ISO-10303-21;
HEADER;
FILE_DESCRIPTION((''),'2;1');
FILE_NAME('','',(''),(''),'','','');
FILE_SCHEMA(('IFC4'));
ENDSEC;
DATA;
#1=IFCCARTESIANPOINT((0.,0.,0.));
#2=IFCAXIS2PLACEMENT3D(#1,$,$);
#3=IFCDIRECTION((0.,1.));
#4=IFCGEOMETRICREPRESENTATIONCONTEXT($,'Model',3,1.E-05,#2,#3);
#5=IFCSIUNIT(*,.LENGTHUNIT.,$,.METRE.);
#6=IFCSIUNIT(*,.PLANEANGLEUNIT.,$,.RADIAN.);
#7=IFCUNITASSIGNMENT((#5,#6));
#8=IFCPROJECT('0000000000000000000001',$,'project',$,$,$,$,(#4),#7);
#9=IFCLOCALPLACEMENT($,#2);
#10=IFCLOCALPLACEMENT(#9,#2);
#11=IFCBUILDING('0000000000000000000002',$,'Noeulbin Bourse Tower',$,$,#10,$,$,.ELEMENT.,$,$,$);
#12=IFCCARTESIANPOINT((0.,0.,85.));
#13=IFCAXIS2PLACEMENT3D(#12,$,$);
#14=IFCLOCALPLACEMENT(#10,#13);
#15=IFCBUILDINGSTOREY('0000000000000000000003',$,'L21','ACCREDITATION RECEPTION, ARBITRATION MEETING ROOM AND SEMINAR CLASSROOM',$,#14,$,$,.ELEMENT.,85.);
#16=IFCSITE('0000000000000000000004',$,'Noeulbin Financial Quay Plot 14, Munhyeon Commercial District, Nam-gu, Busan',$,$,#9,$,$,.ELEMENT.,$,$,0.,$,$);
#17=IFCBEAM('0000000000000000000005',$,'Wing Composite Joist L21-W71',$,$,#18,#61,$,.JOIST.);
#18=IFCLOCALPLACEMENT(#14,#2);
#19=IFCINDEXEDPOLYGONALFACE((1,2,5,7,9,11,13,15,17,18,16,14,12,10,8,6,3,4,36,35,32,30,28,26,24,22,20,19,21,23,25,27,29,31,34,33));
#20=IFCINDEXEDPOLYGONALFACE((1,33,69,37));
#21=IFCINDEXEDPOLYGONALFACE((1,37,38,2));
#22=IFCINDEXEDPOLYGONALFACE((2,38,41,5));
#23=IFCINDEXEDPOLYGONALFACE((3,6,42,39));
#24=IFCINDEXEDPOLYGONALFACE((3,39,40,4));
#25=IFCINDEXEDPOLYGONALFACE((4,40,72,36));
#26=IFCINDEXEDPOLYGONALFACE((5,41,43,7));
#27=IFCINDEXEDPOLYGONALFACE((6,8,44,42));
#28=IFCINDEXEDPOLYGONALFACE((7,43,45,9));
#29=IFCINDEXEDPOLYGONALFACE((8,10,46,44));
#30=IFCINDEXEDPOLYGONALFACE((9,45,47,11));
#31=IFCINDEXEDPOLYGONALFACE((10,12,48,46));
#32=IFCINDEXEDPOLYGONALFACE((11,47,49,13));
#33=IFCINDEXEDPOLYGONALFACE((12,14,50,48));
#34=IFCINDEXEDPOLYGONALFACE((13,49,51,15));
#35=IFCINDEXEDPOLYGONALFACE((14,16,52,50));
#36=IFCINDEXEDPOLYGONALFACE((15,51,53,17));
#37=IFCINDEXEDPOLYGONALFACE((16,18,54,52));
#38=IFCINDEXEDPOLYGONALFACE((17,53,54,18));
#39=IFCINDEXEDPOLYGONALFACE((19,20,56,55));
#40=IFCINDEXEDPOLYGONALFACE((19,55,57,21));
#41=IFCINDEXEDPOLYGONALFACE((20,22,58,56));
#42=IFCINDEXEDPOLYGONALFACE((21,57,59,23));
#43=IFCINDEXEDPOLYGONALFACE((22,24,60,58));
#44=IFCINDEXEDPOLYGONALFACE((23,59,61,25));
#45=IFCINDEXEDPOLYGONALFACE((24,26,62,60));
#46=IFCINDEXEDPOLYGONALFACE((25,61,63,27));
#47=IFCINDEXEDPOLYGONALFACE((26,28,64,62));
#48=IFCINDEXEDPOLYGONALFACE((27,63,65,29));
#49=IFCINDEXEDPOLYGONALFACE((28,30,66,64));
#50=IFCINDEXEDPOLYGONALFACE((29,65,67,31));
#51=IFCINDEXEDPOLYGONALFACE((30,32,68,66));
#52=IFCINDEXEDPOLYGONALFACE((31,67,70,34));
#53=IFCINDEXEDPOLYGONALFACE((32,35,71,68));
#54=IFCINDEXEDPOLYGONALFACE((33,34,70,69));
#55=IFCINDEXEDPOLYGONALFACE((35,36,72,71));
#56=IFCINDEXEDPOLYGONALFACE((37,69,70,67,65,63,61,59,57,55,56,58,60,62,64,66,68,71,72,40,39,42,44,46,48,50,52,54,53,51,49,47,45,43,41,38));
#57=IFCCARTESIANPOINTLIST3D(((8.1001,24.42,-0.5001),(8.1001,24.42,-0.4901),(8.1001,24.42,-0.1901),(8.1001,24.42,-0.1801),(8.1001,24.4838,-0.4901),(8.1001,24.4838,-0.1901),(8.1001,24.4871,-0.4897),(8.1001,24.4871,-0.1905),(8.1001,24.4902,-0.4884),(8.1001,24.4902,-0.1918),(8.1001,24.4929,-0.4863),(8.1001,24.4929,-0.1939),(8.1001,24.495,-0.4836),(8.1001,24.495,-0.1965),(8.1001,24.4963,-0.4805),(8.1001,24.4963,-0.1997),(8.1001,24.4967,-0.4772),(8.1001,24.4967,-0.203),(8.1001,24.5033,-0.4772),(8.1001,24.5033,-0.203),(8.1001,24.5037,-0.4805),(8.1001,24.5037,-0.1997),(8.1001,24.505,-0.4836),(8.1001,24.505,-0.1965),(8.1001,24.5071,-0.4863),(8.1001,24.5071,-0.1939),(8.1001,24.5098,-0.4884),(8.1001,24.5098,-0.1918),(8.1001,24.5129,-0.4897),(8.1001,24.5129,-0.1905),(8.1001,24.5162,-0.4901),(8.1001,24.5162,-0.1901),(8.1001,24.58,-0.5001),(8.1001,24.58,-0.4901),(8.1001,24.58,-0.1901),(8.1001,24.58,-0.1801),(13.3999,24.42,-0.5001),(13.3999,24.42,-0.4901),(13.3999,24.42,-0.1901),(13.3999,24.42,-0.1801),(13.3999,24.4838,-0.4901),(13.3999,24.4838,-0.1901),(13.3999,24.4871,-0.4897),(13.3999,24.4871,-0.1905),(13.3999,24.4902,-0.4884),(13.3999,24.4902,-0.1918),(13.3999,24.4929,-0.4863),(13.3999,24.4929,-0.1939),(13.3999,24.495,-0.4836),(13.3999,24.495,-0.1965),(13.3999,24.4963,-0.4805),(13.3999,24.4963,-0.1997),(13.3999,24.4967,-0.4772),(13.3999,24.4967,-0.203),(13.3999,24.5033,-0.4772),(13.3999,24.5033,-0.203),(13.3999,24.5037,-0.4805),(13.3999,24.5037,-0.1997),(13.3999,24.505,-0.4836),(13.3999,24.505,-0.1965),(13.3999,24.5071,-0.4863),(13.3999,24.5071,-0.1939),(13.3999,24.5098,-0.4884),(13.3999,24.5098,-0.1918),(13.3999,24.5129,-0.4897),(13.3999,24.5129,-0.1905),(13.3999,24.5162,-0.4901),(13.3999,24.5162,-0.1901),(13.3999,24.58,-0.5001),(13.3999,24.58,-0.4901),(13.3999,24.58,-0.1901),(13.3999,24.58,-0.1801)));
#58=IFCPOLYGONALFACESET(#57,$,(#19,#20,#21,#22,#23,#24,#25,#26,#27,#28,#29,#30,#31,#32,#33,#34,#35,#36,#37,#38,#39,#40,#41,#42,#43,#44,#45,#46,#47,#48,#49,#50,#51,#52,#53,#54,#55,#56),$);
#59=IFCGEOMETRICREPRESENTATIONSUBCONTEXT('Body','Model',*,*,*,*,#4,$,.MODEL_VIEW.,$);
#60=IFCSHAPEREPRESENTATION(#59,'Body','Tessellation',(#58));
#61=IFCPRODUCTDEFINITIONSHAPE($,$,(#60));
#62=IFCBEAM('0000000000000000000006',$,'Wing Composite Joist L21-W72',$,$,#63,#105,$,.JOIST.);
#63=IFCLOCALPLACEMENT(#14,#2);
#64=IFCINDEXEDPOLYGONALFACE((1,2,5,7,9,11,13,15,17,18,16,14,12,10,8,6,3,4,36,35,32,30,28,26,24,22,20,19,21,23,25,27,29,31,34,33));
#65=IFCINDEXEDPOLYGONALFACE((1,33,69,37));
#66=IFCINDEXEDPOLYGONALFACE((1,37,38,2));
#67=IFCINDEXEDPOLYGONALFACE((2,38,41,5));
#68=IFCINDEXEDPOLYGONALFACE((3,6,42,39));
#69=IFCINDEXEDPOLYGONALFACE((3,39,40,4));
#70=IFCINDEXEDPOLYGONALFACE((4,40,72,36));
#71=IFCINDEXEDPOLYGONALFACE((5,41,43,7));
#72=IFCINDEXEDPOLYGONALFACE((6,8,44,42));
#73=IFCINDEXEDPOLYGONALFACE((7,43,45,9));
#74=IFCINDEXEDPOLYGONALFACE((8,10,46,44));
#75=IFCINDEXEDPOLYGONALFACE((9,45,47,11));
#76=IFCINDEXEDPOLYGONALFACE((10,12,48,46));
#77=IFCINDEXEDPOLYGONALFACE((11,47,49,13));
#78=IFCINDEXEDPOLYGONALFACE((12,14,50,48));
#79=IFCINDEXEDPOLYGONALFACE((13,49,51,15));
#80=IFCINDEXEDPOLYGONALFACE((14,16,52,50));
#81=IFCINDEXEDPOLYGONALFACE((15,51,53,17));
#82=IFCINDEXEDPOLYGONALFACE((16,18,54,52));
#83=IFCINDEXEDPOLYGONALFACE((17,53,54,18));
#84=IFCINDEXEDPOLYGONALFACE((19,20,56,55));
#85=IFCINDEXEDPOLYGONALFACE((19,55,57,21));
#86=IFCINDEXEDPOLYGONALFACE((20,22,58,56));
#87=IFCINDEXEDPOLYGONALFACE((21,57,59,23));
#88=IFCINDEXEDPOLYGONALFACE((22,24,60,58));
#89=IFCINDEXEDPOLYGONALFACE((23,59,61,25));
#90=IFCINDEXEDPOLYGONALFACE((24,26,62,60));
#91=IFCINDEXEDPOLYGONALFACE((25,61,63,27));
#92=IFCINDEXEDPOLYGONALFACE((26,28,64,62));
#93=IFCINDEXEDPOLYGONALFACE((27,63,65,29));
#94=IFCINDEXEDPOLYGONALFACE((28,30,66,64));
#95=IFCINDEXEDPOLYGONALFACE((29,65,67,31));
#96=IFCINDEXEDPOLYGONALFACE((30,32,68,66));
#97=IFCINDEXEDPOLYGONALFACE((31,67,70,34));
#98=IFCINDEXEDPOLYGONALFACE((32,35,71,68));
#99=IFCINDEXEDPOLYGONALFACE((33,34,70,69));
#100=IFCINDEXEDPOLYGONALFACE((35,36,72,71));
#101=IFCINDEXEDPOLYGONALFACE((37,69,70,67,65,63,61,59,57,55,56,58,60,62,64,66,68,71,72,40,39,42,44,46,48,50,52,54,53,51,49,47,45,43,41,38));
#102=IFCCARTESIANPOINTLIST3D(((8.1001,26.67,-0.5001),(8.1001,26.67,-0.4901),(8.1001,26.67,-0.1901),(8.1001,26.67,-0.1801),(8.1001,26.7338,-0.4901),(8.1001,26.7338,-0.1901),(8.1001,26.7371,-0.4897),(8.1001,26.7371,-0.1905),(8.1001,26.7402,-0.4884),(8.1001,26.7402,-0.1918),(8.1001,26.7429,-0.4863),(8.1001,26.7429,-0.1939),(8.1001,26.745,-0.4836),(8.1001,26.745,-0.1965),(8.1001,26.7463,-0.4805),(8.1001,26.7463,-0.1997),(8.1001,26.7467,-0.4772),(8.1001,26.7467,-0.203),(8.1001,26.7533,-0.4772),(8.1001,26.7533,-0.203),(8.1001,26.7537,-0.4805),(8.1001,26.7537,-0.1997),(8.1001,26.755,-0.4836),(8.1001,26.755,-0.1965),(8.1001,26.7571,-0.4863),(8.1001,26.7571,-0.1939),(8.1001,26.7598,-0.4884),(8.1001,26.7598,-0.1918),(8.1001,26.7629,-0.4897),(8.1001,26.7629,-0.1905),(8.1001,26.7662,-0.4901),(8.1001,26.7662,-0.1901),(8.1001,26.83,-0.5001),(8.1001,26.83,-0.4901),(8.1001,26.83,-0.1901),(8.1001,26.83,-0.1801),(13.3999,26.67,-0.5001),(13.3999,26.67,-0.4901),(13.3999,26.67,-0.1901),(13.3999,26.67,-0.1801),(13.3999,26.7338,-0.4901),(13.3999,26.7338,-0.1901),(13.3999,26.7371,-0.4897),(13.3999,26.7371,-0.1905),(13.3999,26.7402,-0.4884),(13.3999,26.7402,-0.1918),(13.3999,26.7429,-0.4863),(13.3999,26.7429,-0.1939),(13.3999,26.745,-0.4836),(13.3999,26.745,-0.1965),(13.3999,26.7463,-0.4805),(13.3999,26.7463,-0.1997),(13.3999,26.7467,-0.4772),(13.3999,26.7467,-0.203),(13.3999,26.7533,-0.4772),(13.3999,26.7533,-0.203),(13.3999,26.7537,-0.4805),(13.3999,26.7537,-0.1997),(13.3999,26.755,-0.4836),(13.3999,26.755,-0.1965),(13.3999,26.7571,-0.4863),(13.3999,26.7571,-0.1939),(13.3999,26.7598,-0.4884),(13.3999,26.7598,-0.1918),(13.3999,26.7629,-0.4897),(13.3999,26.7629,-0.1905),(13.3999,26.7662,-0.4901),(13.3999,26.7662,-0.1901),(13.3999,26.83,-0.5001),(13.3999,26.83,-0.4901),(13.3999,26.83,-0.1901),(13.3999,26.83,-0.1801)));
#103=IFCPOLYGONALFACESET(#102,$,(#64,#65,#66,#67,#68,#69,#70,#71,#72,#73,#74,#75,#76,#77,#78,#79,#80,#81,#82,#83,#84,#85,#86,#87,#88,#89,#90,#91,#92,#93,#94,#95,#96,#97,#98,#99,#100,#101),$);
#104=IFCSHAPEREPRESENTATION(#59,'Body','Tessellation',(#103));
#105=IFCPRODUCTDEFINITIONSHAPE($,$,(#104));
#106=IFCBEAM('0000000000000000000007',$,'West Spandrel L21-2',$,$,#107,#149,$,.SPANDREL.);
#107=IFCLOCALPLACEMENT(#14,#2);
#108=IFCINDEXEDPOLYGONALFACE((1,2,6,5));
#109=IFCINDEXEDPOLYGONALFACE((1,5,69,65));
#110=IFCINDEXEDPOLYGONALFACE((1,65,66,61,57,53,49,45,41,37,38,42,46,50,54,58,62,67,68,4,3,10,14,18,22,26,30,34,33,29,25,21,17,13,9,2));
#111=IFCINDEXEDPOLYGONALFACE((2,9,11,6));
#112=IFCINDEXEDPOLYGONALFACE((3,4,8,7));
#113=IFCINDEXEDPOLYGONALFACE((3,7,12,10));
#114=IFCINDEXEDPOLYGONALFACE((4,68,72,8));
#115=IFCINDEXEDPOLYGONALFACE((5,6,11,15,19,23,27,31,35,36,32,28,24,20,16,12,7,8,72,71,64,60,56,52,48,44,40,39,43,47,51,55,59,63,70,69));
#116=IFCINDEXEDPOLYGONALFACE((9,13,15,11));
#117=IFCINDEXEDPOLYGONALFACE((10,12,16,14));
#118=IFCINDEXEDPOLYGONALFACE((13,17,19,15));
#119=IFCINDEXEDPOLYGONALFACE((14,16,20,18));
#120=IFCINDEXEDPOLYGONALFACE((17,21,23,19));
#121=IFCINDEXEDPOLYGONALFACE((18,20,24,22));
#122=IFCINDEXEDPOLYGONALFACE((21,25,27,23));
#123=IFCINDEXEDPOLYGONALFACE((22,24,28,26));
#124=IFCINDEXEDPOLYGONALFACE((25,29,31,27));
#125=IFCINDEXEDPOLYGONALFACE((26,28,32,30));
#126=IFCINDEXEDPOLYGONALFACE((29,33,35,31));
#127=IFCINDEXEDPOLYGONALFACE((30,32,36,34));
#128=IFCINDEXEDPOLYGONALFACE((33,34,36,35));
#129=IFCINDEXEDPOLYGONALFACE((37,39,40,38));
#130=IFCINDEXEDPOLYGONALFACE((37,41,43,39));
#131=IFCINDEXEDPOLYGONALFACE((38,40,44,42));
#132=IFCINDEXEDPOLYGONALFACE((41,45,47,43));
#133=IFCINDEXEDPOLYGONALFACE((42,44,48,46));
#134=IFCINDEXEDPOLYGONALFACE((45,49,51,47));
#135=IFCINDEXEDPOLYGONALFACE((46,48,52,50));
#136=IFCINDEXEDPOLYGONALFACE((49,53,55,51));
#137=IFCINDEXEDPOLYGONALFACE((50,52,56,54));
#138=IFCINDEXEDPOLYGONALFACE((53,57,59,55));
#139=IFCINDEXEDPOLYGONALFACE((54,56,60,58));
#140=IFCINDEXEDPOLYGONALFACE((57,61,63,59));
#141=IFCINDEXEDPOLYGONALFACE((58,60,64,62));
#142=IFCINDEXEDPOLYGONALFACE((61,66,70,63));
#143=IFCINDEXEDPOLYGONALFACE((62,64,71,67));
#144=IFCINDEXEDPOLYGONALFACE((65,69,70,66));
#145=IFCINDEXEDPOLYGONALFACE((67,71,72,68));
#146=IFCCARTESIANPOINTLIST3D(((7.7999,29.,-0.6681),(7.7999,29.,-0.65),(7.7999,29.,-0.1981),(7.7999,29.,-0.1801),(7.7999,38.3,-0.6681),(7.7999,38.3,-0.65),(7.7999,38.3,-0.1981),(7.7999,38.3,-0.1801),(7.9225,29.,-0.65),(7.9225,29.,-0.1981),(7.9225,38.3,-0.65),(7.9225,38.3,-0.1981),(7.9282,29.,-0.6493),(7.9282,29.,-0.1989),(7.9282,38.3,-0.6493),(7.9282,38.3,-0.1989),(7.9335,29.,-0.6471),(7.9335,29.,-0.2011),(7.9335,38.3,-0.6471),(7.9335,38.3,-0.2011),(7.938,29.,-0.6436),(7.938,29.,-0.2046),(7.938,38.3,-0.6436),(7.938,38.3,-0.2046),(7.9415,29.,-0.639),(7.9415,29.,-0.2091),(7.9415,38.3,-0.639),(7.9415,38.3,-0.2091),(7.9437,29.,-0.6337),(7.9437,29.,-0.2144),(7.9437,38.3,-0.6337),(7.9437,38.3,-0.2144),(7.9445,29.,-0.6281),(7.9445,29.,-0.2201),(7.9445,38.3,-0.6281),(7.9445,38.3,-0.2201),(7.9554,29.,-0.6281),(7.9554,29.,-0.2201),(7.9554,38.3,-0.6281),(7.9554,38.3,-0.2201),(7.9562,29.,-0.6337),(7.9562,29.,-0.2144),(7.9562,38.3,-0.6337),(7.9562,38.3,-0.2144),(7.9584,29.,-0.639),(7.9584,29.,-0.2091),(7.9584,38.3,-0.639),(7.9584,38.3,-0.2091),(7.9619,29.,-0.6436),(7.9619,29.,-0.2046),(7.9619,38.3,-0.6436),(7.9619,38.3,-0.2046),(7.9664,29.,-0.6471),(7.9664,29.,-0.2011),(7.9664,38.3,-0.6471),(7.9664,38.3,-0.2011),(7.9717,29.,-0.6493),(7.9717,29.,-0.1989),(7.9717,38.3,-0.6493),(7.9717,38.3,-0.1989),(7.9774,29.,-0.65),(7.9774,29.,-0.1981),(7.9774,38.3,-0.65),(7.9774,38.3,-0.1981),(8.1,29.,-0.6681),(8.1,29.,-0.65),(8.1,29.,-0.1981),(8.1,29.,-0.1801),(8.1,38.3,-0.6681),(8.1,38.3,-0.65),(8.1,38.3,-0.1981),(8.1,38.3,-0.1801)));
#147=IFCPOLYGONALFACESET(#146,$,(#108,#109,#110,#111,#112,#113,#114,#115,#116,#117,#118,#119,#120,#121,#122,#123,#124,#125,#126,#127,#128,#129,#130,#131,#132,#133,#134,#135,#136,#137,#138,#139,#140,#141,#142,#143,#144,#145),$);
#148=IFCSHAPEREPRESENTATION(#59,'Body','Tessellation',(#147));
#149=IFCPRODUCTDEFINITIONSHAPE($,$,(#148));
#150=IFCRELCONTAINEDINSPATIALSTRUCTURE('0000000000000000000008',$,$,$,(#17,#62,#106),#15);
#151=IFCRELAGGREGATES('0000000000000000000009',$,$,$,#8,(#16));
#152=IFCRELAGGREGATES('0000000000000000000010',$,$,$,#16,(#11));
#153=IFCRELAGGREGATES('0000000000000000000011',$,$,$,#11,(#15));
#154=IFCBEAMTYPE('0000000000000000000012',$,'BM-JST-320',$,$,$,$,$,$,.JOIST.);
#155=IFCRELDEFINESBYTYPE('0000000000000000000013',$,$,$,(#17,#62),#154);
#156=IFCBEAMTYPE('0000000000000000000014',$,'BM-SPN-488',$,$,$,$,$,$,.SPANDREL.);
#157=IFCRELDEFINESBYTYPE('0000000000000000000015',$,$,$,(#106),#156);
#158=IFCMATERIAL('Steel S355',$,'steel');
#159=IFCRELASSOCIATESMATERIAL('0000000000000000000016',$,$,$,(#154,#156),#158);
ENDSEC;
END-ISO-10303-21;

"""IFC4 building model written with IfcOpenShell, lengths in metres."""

from ifc_helpers import new_model, si_unit, direction, frame, origin, origin_2d, place, context, subcontext, project, spatial, i_section, extrude, material, material_profile, profile_set, type_object, element, save


model = new_model("IFC4")

# Units and contexts
model_context = context("Model", 3, precision=1e-05, world=origin(), true_north=direction((0.0, 1.0)))
body_context = subcontext(model_context, "Body", "Model", "MODEL_VIEW")
ifc_project = project(units=[si_unit("LENGTHUNIT", "METRE"), si_unit("PLANEANGLEUNIT", "RADIAN")], contexts=[model_context])

# Site, building, storey
site_placement = place(None, origin())
site = spatial("IfcSite", under=ifc_project, at=site_placement, Name="Noeulbin Financial Quay Plot 14, Munhyeon Commercial District, Nam-gu, Busan", CompositionType="ELEMENT", RefElevation=0.0)
building_placement = place(site_placement, origin())
building = spatial("IfcBuilding", under=site, at=building_placement, Name="Noeulbin Bourse Tower", CompositionType="ELEMENT")
storey_placement = place(building_placement, frame((0.0, 0.0, 85.0)))
storey = spatial("IfcBuildingStorey", under=building, at=storey_placement, Name="L21", Description="ACCREDITATION RECEPTION, ARBITRATION MEETING ROOM AND SEMINAR CLASSROOM", CompositionType="ELEMENT", Elevation=85.0)

# Beams
ifc_material_1 = material(Name="Steel S355", Category="steel")
ifc_material_profile_1 = material_profile(ifc_material_1, i_section(OverallWidth=0.1599, OverallDepth=0.3201, WebThickness=0.0066, FlangeThickness=0.01, FilletRadius=0.0129, at=origin_2d()), Name="H-320x160x6.5x10", Category="LoadBearing")
ifc_profile_set_1 = profile_set([ifc_material_profile_1], Name="Steel S355")
beam_type_1 = type_object("IfcBeamType", Name="BM-JST-320", PredefinedType="JOIST", material=ifc_profile_set_1)
for number, where, z_axis, x_axis, name in (
    (1, (8.1001, 24.5, -0.3401), (1.0, 0.0, 0.0), (0.0, 1.0, 0.0), "Wing Composite Joist L21-W71"),
    (2, (8.1001, 26.75, -0.3401), (1.0, 0.0, 0.0), (0.0, 1.0, 0.0), "Wing Composite Joist L21-W72"),
):
    element("IfcBeam", number, at=place(storey_placement, frame(where, z_axis=z_axis, x_axis=x_axis)), inside=storey, type_object=beam_type_1, Name=name, PredefinedType="JOIST", context=body_context, shape_type="SweptSolid", body=[
        extrude(i_section(OverallWidth=0.1599, OverallDepth=0.3201, WebThickness=0.0066, FlangeThickness=0.01, FilletRadius=0.0129, at=origin_2d()), origin(), (0.0, 0.0, 1.0), 5.2998),
    ])
ifc_material_profile_2 = material_profile(ifc_material_1, i_section(OverallWidth=0.3, OverallDepth=0.488, WebThickness=0.011, FlangeThickness=0.0181, FilletRadius=0.022, at=origin_2d()), Name="H-488x300x11x18", Category="LoadBearing")
ifc_profile_set_2 = profile_set([ifc_material_profile_2], Name="Steel S355")
beam_type_2 = type_object("IfcBeamType", Name="BM-SPN-488", PredefinedType="SPANDREL", material=ifc_profile_set_2)
beam_1_placement = place(storey_placement, frame((7.95, 29.0, -0.4241), z_axis=(0.0, 1.0, 0.0), x_axis=(-1.0, 0.0, 0.0)))
element("IfcBeam", 3, at=beam_1_placement, inside=storey, type_object=beam_type_2, Name="West Spandrel L21-2", PredefinedType="SPANDREL", context=body_context, shape_type="SweptSolid", body=[
    extrude(i_section(OverallWidth=0.3, OverallDepth=0.488, WebThickness=0.011, FlangeThickness=0.0181, FilletRadius=0.022, at=origin_2d()), origin(), (0.0, 0.0, 1.0), 9.3),
])

save(model, "model.ifc")
